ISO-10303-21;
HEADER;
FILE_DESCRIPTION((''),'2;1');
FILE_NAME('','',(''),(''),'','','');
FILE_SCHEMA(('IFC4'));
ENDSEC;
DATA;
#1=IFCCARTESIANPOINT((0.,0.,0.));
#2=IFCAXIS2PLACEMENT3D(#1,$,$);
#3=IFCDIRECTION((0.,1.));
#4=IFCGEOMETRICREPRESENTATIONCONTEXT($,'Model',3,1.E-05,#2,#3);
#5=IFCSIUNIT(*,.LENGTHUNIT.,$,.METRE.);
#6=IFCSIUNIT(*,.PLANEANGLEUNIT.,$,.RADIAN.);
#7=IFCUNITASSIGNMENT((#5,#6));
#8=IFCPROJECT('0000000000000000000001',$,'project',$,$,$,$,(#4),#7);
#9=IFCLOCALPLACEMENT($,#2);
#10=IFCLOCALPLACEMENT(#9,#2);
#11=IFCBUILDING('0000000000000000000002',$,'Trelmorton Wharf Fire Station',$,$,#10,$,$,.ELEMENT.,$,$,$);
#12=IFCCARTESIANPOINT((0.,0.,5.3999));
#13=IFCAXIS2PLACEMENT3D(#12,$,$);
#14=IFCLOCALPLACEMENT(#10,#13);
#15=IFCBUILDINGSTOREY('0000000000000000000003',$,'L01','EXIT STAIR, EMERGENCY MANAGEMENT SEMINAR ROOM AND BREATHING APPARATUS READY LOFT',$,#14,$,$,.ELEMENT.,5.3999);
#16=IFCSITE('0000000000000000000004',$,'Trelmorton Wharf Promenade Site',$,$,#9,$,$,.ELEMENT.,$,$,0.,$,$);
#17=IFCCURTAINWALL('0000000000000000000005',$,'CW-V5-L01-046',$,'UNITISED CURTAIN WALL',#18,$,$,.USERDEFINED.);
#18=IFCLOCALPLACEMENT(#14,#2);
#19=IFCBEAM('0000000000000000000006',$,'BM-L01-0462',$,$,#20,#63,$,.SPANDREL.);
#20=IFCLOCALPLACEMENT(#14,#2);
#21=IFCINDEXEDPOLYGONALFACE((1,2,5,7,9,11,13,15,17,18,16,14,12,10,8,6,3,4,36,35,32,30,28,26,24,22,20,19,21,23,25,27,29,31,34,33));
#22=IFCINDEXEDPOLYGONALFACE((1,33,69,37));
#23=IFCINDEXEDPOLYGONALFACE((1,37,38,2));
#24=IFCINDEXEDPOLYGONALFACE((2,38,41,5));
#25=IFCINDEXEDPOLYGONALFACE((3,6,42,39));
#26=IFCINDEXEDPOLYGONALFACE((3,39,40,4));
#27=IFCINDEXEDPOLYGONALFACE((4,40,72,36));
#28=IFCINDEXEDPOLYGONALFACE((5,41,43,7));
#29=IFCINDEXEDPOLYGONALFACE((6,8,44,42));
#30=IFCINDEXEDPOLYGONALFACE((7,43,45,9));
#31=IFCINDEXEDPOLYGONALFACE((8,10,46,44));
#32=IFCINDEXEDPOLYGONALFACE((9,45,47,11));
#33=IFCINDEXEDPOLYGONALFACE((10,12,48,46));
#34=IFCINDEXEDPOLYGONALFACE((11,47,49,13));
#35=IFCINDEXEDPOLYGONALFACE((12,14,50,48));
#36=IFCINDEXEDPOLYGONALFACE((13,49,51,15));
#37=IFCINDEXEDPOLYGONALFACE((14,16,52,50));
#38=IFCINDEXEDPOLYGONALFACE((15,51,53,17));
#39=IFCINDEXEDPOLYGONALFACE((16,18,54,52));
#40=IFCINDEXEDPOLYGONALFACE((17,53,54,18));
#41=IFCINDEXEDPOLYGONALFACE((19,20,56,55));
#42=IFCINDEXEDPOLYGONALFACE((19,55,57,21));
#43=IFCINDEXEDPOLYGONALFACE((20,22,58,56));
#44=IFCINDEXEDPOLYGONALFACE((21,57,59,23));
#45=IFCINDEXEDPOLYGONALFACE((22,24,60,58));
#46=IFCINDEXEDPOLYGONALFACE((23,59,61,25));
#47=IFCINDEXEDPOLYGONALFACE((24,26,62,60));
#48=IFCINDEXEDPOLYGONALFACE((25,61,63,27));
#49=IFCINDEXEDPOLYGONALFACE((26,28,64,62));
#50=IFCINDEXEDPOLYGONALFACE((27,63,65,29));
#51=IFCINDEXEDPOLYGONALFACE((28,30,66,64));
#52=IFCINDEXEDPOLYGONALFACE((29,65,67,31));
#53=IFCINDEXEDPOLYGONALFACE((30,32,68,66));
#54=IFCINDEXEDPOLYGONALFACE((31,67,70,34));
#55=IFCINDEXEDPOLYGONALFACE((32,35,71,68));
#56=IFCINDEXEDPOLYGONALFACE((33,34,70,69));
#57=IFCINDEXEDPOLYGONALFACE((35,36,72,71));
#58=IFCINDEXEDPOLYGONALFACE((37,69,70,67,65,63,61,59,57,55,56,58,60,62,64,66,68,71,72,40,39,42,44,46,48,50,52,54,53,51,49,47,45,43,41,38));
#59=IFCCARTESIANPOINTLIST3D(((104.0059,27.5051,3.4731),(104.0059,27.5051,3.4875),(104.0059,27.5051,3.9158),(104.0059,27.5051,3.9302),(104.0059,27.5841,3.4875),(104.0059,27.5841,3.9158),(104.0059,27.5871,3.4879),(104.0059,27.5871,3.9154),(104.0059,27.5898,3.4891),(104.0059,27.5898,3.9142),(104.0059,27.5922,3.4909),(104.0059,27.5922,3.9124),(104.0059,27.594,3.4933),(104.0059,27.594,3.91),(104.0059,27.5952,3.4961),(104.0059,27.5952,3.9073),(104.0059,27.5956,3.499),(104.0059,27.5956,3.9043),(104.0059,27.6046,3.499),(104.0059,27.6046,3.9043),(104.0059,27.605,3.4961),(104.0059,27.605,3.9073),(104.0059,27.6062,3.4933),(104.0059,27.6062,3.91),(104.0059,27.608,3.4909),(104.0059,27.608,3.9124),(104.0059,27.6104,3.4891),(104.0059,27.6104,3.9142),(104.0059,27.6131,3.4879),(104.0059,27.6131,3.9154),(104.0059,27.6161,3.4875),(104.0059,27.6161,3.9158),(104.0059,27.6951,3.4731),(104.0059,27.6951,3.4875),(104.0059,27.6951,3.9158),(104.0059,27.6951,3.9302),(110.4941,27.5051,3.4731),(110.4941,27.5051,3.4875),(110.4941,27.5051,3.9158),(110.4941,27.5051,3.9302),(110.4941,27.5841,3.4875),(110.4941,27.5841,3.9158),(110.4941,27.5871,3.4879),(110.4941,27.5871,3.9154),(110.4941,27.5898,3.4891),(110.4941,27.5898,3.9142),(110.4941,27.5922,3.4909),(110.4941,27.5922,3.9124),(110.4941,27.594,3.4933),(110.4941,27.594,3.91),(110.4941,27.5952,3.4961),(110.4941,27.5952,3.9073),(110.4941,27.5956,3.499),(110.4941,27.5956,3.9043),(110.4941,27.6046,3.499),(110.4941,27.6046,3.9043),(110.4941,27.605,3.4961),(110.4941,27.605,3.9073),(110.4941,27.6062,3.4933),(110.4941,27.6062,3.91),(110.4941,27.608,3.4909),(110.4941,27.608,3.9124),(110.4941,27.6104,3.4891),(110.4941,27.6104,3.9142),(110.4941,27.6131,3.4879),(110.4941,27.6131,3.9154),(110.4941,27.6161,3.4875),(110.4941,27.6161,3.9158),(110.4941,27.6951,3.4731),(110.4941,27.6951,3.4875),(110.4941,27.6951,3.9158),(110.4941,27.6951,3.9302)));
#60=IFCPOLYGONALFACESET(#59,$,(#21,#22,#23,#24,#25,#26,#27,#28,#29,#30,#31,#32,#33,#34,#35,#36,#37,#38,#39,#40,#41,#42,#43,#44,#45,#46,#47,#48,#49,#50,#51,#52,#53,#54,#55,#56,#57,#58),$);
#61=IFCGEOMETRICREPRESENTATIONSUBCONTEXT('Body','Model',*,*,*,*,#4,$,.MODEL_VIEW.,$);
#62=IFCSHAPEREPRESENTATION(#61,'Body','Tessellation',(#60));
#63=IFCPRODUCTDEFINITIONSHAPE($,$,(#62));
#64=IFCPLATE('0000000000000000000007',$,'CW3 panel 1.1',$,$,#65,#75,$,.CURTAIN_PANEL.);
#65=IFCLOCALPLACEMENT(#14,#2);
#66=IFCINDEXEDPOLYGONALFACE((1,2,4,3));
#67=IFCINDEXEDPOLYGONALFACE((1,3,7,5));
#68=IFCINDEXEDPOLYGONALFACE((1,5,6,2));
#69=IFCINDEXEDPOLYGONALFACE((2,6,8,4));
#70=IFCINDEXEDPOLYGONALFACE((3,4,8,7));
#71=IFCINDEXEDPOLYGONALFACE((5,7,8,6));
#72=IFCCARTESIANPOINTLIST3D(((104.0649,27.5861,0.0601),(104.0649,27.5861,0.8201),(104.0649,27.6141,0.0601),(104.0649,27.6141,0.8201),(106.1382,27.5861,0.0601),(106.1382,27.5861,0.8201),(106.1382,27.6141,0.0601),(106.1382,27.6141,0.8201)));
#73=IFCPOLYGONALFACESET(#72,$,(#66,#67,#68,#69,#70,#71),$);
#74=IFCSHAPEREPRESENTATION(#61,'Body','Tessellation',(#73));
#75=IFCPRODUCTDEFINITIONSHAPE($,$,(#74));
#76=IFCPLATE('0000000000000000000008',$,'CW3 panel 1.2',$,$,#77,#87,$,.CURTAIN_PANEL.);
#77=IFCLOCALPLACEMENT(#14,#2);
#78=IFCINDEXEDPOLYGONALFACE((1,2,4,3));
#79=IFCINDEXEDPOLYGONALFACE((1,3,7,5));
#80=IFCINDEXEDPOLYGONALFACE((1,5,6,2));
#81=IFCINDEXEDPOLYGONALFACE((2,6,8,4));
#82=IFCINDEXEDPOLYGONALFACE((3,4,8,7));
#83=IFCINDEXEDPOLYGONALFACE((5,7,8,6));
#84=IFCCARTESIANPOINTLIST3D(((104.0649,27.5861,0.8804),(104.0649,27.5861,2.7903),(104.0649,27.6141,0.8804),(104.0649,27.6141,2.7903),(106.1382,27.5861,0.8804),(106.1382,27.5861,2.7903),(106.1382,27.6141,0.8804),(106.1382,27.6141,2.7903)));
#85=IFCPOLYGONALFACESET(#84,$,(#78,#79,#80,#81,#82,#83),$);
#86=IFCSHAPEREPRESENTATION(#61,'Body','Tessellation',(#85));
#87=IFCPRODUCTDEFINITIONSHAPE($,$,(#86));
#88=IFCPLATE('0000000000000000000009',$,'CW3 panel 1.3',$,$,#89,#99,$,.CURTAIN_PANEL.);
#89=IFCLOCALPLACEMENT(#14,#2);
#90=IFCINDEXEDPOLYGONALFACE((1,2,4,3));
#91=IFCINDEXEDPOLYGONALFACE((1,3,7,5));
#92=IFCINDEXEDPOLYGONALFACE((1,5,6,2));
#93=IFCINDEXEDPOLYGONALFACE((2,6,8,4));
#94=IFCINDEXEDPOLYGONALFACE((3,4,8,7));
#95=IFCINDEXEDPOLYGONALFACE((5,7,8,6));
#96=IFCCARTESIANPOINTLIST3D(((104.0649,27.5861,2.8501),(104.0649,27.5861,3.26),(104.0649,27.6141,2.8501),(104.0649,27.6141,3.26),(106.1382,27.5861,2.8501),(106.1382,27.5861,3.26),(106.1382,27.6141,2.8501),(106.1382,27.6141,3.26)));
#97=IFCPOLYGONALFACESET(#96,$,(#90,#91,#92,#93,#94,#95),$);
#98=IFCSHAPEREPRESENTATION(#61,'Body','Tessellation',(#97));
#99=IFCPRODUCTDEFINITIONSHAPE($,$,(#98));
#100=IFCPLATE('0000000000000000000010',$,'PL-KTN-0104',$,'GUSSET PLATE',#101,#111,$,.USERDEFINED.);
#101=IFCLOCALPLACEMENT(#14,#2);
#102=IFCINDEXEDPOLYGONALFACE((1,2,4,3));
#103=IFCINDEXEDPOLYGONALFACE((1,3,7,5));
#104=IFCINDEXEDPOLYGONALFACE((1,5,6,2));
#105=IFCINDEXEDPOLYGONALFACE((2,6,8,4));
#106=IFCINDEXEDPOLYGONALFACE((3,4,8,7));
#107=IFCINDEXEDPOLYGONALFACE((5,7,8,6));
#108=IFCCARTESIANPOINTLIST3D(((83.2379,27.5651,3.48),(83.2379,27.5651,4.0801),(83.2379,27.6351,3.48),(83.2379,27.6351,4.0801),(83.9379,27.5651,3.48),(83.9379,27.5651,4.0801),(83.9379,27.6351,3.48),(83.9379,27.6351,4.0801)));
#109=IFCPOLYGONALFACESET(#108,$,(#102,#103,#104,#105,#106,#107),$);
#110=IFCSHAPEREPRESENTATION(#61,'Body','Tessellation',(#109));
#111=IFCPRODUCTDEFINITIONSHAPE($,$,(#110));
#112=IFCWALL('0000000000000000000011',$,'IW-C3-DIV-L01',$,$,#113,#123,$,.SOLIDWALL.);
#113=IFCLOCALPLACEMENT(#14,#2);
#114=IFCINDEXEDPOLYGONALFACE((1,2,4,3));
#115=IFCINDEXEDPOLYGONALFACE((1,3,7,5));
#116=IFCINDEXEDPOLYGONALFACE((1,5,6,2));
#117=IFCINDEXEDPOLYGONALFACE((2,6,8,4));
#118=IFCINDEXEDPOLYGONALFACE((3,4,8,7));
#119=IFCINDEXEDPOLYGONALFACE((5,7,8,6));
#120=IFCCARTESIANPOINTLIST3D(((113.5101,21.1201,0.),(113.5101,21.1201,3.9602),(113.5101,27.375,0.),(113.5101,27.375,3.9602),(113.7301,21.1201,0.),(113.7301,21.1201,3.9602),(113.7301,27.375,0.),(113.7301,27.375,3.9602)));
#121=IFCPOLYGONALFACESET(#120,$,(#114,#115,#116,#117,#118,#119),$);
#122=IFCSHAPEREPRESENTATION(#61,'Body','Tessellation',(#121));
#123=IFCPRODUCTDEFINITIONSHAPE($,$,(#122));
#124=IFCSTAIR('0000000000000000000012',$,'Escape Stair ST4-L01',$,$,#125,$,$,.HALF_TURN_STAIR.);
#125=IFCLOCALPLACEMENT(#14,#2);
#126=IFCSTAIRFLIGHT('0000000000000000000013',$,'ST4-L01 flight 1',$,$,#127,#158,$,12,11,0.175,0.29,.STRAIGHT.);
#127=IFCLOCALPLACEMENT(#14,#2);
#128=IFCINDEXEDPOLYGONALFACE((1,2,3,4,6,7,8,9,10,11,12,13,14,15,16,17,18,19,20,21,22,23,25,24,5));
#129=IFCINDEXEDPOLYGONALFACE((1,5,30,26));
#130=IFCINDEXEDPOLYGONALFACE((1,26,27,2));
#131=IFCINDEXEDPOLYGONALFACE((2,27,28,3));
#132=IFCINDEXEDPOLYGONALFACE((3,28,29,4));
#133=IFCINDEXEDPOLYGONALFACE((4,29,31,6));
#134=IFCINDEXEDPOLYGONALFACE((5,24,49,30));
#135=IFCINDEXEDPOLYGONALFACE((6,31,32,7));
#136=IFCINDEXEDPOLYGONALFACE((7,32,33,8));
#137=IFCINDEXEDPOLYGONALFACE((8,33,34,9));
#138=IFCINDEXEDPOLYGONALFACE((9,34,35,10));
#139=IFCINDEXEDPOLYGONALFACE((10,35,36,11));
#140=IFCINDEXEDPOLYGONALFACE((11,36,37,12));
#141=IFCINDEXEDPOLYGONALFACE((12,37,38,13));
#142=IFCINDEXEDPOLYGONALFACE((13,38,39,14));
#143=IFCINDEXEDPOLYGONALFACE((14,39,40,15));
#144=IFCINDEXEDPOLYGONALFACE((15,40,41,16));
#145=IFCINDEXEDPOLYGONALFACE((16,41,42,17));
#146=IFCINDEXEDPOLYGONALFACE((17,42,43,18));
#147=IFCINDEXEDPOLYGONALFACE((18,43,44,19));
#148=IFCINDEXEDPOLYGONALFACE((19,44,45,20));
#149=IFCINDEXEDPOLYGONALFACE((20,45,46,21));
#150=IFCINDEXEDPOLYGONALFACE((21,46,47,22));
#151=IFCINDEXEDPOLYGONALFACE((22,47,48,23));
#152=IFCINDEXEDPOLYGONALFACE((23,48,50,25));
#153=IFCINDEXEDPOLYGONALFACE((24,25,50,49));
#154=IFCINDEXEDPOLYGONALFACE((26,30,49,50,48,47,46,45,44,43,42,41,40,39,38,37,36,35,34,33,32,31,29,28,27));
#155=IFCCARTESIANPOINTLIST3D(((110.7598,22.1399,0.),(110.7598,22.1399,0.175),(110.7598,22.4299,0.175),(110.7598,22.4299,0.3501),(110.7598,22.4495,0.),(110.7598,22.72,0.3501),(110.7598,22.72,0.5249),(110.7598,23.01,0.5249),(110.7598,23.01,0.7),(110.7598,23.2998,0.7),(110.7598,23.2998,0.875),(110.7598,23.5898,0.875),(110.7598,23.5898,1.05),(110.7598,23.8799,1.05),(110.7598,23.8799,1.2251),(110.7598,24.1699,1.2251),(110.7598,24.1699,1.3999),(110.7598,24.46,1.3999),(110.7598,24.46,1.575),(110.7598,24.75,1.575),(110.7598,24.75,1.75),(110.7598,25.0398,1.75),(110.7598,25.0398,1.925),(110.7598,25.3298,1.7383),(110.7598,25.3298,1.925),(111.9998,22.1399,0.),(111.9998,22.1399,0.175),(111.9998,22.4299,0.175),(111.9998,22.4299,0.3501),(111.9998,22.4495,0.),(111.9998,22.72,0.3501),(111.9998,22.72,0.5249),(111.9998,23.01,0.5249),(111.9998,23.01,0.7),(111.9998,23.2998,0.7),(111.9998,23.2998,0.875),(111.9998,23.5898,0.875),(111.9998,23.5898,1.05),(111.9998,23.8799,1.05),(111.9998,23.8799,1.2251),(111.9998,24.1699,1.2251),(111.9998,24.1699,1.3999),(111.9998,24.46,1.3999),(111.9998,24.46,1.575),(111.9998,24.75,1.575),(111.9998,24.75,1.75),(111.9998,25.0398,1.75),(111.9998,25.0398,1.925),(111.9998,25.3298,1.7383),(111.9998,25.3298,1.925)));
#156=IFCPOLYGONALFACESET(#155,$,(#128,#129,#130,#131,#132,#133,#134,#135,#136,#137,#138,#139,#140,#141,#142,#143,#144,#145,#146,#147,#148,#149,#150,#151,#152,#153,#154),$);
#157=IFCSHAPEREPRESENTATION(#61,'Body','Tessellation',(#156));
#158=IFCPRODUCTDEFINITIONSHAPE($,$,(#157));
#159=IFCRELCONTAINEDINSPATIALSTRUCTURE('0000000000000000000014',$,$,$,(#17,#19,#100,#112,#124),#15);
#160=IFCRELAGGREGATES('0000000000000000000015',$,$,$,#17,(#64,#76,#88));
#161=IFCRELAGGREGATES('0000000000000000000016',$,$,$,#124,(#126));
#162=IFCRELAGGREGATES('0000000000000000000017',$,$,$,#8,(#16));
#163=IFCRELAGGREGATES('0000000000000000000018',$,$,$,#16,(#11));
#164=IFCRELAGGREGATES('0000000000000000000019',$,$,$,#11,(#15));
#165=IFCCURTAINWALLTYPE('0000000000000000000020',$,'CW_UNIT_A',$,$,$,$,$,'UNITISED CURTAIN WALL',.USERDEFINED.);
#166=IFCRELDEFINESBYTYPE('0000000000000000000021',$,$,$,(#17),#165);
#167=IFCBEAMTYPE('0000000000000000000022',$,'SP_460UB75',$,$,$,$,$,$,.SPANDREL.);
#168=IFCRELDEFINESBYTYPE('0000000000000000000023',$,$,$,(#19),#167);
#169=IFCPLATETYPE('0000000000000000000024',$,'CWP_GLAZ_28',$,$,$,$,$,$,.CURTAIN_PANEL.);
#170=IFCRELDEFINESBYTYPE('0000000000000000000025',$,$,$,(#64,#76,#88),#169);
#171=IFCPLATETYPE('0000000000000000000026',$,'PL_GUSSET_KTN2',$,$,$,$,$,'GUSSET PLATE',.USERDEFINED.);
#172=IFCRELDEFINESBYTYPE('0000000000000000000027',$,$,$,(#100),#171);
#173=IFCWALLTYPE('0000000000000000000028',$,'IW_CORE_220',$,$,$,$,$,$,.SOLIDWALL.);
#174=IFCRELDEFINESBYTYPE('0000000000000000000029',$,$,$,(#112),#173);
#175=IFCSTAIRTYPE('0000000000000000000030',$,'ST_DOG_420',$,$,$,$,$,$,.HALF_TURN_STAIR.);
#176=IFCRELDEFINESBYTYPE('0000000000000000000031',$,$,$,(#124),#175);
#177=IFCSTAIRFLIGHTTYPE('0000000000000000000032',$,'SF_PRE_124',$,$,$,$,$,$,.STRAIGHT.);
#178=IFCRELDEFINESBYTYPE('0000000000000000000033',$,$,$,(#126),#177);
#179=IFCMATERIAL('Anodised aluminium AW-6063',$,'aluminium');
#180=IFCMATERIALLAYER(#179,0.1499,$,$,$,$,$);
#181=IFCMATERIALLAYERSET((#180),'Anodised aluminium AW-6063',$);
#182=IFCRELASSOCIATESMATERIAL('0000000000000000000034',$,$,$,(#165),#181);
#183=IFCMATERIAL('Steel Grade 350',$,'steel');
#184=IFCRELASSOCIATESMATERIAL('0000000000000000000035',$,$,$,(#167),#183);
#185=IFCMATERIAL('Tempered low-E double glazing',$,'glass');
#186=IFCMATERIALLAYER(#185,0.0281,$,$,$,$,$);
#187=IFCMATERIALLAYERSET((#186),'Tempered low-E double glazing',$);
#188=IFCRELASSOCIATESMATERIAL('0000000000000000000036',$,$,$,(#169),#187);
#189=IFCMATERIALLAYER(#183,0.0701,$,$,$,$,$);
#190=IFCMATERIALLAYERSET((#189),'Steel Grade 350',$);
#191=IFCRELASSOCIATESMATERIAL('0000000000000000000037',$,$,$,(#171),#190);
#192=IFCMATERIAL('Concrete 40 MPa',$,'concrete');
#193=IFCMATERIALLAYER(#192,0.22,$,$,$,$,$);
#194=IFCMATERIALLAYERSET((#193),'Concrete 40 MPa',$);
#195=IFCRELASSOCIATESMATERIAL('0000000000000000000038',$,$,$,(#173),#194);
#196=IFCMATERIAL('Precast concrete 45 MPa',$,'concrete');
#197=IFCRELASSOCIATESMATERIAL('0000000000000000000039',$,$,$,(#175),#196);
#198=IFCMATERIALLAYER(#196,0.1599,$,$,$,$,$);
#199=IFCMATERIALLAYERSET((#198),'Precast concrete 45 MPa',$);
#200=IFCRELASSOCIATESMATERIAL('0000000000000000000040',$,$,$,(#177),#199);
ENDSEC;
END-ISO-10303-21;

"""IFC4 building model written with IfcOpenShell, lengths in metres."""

from ifc_helpers import new_model, si_unit, direction, frame, frame_2d, origin, origin_2d, place, context, subcontext, project, spatial, polyline, rectangle, i_section, outline, extrude, material, layer, layer_set, material_profile, profile_set, type_object, element, aggregate, save


model = new_model("IFC4")

# Units and contexts
model_context = context("Model", 3, precision=1e-05, world=origin(), true_north=direction((0.0, 1.0)))
body_context = subcontext(model_context, "Body", "Model", "MODEL_VIEW")
ifc_project = project(units=[si_unit("LENGTHUNIT", "METRE"), si_unit("PLANEANGLEUNIT", "RADIAN")], contexts=[model_context])

# Site, building, storey
site_placement = place(None, origin())
site = spatial("IfcSite", under=ifc_project, at=site_placement, Name="Trelmorton Wharf Promenade Site", CompositionType="ELEMENT", RefElevation=0.0)
building_placement = place(site_placement, origin())
building = spatial("IfcBuilding", under=site, at=building_placement, Name="Trelmorton Wharf Fire Station", CompositionType="ELEMENT")
storey_placement = place(building_placement, frame((0.0, 0.0, 5.3999)))
storey = spatial("IfcBuildingStorey", under=building, at=storey_placement, Name="L01", Description="EXIT STAIR, EMERGENCY MANAGEMENT SEMINAR ROOM AND BREATHING APPARATUS READY LOFT", CompositionType="ELEMENT", Elevation=5.3999)

# Shared definitions
ifc_material_1 = material(Name="Steel Grade 350", Category="steel")

# Curtain wall
ifc_material_2 = material(Name="Anodised aluminium AW-6063", Category="aluminium")
ifc_layer_1 = layer(ifc_material_2, 0.1499)
ifc_layer_set_1 = layer_set([ifc_layer_1], Name="Anodised aluminium AW-6063")
curtain_wall_type = type_object("IfcCurtainWallType", Name="CW_UNIT_A", ElementType="UNITISED CURTAIN WALL", PredefinedType="USERDEFINED", material=ifc_layer_set_1)
curtain_wall_placement = place(storey_placement, origin())
curtain_wall = element("IfcCurtainWall", 1, at=curtain_wall_placement, inside=storey, type_object=curtain_wall_type, Name="CW-V5-L01-046", ObjectType="UNITISED CURTAIN WALL", PredefinedType="USERDEFINED")

# Beam
ifc_material_profile_1 = material_profile(ifc_material_1, i_section(OverallWidth=0.1899, OverallDepth=0.457, WebThickness=0.009, FlangeThickness=0.0144, FilletRadius=0.0115, at=origin_2d()), Name="460UB74.6")
ifc_profile_set_1 = profile_set([ifc_material_profile_1], Name="Steel Grade 350")
beam_type_1 = type_object("IfcBeamType", Name="SP_460UB75", PredefinedType="SPANDREL", material=ifc_profile_set_1)
beam_1_placement = place(storey_placement, frame((104.0059, 27.6001, 3.7017), z_axis=(1.0, 0.0, 0.0), x_axis=(0.0, 1.0, 0.0)))
element("IfcBeam", 2, at=beam_1_placement, inside=storey, type_object=beam_type_1, Name="BM-L01-0462", PredefinedType="SPANDREL", context=body_context, shape_type="SweptSolid", body=[
    extrude(i_section(OverallWidth=0.1899, OverallDepth=0.457, WebThickness=0.009, FlangeThickness=0.0144, FilletRadius=0.0115, at=origin_2d()), origin(), (0.0, 0.0, 1.0), 6.4883),
])

# Plates
ifc_material_3 = material(Name="Tempered low-E double glazing", Category="glass")
ifc_layer_2 = layer(ifc_material_3, 0.0281)
ifc_layer_set_2 = layer_set([ifc_layer_2], Name="Tempered low-E double glazing")
plate_type_1 = type_object("IfcPlateType", Name="CWP_GLAZ_28", PredefinedType="CURTAIN_PANEL", material=ifc_layer_set_2)
plate_1_placement = place(storey_placement, frame((105.1016, 27.6001, 0.0601), z_axis=(0.0, 0.0, 1.0), x_axis=(1.0, 0.0, 0.0)))
plate_1 = element("IfcPlate", 3, at=plate_1_placement, type_object=plate_type_1, Name="CW3 panel 1.1", PredefinedType="CURTAIN_PANEL", context=body_context, shape_type="SweptSolid", body=[
    extrude(rectangle(XDim=2.0732, YDim=0.0281, at=origin_2d()), origin(), (0.0, 0.0, 1.0), 0.76),
])
plate_2_placement = place(storey_placement, frame((105.1016, 27.6001, 0.8804), z_axis=(0.0, 0.0, 1.0), x_axis=(1.0, 0.0, 0.0)))
plate_2 = element("IfcPlate", 4, at=plate_2_placement, type_object=plate_type_1, Name="CW3 panel 1.2", PredefinedType="CURTAIN_PANEL", context=body_context, shape_type="SweptSolid", body=[
    extrude(rectangle(XDim=2.0732, YDim=0.0281, at=origin_2d()), origin(), (0.0, 0.0, 1.0), 1.9099),
])
plate_3_placement = place(storey_placement, frame((105.1016, 27.6001, 2.8501), z_axis=(0.0, 0.0, 1.0), x_axis=(1.0, 0.0, 0.0)))
plate_3 = element("IfcPlate", 5, at=plate_3_placement, type_object=plate_type_1, Name="CW3 panel 1.3", PredefinedType="CURTAIN_PANEL", context=body_context, shape_type="SweptSolid", body=[
    extrude(rectangle(XDim=2.0732, YDim=0.0281, at=origin_2d()), origin(), (0.0, 0.0, 1.0), 0.4099),
])
aggregate(curtain_wall, [plate_1, plate_2, plate_3])
ifc_layer_3 = layer(ifc_material_1, 0.0701)
ifc_layer_set_3 = layer_set([ifc_layer_3], Name="Steel Grade 350")
plate_type_2 = type_object("IfcPlateType", Name="PL_GUSSET_KTN2", ElementType="GUSSET PLATE", PredefinedType="USERDEFINED", material=ifc_layer_set_3)
plate_4_placement = place(storey_placement, frame((83.5879, 27.6001, 3.48), z_axis=(0.0, 0.0, 1.0), x_axis=(1.0, 0.0, 0.0)))
element("IfcPlate", 6, at=plate_4_placement, inside=storey, type_object=plate_type_2, Name="PL-KTN-0104", ObjectType="GUSSET PLATE", PredefinedType="USERDEFINED", context=body_context, shape_type="SweptSolid", body=[
    extrude(rectangle(XDim=0.7, YDim=0.0701, at=origin_2d()), origin(), (0.0, 0.0, 1.0), 0.6001),
])

# Wall
ifc_material_4 = material(Name="Concrete 40 MPa", Category="concrete")
ifc_layer_4 = layer(ifc_material_4, 0.22)
ifc_layer_set_4 = layer_set([ifc_layer_4], Name="Concrete 40 MPa")
wall_type = type_object("IfcWallType", Name="IW_CORE_220", PredefinedType="SOLIDWALL", material=ifc_layer_set_4)
wall_1_placement = place(storey_placement, frame((113.6201, 21.1201, 0.0), z_axis=(0.0, 0.0, 1.0), x_axis=(0.0, 1.0, 0.0)))
element("IfcWall", 7, at=wall_1_placement, inside=storey, type_object=wall_type, Name="IW-C3-DIV-L01", PredefinedType="SOLIDWALL", context=body_context, shape_type="SweptSolid", body=[
    extrude(rectangle(XDim=6.2549, YDim=0.22, at=frame_2d((3.1274, 0.0))), origin(), (0.0, 0.0, 1.0), 3.9602),
])

# Stair, stair flight
ifc_material_5 = material(Name="Precast concrete 45 MPa", Category="concrete")
stair_type = type_object("IfcStairType", Name="ST_DOG_420", PredefinedType="HALF_TURN_STAIR", material=ifc_material_5)
stair_placement = place(storey_placement, origin())
stair = element("IfcStair", 8, at=stair_placement, inside=storey, type_object=stair_type, Name="Escape Stair ST4-L01", PredefinedType="HALF_TURN_STAIR")
ifc_layer_5 = layer(ifc_material_5, 0.1599)
ifc_layer_set_5 = layer_set([ifc_layer_5], Name="Precast concrete 45 MPa")
stair_flight_type = type_object("IfcStairFlightType", Name="SF_PRE_124", PredefinedType="STRAIGHT", material=ifc_layer_set_5)
stair_flight_1_placement = place(storey_placement, frame((111.3799, 22.1399, 0.0), z_axis=(0.0, 0.0, 1.0), x_axis=(0.0, 1.0, 0.0)))
stair_flight_1 = element("IfcStairFlight", 9, at=stair_flight_1_placement, type_object=stair_flight_type, Name="ST4-L01 flight 1", NumberOfRisers=12, NumberOfTreads=11, PredefinedType="STRAIGHT", RiserHeight=0.175, TreadLength=0.29, context=body_context, shape_type="SweptSolid", body=[
    extrude(outline(polyline([(0.0, 0.0), (0.0, 0.175), (0.29, 0.175), (0.29, 0.3501), (0.5801, 0.3501), (0.5801, 0.5249), (0.8701, 0.5249), (0.8701, 0.7), (1.1599, 0.7), (1.1599, 0.875), (1.45, 0.875), (1.45, 1.05), (1.74, 1.05), (1.74, 1.2251), (2.03, 1.2251), (2.03, 1.3999), (2.3201, 1.3999), (2.3201, 1.575), (2.6101, 1.575), (2.6101, 1.75), (2.8999, 1.75), (2.8999, 1.925), (3.1899, 1.925), (3.1899, 2.1001), (3.1899, 1.7383), (0.3096, 0.0), (0.0, 0.0)])), frame((0.0, 0.6201, 0.0), z_axis=(0.0, -1.0, 0.0), x_axis=(1.0, 0.0, 0.0)), (0.0, 0.0, 1.0), 1.24),
])
aggregate(stair, [stair_flight_1])

save(model, "model.ifc")
